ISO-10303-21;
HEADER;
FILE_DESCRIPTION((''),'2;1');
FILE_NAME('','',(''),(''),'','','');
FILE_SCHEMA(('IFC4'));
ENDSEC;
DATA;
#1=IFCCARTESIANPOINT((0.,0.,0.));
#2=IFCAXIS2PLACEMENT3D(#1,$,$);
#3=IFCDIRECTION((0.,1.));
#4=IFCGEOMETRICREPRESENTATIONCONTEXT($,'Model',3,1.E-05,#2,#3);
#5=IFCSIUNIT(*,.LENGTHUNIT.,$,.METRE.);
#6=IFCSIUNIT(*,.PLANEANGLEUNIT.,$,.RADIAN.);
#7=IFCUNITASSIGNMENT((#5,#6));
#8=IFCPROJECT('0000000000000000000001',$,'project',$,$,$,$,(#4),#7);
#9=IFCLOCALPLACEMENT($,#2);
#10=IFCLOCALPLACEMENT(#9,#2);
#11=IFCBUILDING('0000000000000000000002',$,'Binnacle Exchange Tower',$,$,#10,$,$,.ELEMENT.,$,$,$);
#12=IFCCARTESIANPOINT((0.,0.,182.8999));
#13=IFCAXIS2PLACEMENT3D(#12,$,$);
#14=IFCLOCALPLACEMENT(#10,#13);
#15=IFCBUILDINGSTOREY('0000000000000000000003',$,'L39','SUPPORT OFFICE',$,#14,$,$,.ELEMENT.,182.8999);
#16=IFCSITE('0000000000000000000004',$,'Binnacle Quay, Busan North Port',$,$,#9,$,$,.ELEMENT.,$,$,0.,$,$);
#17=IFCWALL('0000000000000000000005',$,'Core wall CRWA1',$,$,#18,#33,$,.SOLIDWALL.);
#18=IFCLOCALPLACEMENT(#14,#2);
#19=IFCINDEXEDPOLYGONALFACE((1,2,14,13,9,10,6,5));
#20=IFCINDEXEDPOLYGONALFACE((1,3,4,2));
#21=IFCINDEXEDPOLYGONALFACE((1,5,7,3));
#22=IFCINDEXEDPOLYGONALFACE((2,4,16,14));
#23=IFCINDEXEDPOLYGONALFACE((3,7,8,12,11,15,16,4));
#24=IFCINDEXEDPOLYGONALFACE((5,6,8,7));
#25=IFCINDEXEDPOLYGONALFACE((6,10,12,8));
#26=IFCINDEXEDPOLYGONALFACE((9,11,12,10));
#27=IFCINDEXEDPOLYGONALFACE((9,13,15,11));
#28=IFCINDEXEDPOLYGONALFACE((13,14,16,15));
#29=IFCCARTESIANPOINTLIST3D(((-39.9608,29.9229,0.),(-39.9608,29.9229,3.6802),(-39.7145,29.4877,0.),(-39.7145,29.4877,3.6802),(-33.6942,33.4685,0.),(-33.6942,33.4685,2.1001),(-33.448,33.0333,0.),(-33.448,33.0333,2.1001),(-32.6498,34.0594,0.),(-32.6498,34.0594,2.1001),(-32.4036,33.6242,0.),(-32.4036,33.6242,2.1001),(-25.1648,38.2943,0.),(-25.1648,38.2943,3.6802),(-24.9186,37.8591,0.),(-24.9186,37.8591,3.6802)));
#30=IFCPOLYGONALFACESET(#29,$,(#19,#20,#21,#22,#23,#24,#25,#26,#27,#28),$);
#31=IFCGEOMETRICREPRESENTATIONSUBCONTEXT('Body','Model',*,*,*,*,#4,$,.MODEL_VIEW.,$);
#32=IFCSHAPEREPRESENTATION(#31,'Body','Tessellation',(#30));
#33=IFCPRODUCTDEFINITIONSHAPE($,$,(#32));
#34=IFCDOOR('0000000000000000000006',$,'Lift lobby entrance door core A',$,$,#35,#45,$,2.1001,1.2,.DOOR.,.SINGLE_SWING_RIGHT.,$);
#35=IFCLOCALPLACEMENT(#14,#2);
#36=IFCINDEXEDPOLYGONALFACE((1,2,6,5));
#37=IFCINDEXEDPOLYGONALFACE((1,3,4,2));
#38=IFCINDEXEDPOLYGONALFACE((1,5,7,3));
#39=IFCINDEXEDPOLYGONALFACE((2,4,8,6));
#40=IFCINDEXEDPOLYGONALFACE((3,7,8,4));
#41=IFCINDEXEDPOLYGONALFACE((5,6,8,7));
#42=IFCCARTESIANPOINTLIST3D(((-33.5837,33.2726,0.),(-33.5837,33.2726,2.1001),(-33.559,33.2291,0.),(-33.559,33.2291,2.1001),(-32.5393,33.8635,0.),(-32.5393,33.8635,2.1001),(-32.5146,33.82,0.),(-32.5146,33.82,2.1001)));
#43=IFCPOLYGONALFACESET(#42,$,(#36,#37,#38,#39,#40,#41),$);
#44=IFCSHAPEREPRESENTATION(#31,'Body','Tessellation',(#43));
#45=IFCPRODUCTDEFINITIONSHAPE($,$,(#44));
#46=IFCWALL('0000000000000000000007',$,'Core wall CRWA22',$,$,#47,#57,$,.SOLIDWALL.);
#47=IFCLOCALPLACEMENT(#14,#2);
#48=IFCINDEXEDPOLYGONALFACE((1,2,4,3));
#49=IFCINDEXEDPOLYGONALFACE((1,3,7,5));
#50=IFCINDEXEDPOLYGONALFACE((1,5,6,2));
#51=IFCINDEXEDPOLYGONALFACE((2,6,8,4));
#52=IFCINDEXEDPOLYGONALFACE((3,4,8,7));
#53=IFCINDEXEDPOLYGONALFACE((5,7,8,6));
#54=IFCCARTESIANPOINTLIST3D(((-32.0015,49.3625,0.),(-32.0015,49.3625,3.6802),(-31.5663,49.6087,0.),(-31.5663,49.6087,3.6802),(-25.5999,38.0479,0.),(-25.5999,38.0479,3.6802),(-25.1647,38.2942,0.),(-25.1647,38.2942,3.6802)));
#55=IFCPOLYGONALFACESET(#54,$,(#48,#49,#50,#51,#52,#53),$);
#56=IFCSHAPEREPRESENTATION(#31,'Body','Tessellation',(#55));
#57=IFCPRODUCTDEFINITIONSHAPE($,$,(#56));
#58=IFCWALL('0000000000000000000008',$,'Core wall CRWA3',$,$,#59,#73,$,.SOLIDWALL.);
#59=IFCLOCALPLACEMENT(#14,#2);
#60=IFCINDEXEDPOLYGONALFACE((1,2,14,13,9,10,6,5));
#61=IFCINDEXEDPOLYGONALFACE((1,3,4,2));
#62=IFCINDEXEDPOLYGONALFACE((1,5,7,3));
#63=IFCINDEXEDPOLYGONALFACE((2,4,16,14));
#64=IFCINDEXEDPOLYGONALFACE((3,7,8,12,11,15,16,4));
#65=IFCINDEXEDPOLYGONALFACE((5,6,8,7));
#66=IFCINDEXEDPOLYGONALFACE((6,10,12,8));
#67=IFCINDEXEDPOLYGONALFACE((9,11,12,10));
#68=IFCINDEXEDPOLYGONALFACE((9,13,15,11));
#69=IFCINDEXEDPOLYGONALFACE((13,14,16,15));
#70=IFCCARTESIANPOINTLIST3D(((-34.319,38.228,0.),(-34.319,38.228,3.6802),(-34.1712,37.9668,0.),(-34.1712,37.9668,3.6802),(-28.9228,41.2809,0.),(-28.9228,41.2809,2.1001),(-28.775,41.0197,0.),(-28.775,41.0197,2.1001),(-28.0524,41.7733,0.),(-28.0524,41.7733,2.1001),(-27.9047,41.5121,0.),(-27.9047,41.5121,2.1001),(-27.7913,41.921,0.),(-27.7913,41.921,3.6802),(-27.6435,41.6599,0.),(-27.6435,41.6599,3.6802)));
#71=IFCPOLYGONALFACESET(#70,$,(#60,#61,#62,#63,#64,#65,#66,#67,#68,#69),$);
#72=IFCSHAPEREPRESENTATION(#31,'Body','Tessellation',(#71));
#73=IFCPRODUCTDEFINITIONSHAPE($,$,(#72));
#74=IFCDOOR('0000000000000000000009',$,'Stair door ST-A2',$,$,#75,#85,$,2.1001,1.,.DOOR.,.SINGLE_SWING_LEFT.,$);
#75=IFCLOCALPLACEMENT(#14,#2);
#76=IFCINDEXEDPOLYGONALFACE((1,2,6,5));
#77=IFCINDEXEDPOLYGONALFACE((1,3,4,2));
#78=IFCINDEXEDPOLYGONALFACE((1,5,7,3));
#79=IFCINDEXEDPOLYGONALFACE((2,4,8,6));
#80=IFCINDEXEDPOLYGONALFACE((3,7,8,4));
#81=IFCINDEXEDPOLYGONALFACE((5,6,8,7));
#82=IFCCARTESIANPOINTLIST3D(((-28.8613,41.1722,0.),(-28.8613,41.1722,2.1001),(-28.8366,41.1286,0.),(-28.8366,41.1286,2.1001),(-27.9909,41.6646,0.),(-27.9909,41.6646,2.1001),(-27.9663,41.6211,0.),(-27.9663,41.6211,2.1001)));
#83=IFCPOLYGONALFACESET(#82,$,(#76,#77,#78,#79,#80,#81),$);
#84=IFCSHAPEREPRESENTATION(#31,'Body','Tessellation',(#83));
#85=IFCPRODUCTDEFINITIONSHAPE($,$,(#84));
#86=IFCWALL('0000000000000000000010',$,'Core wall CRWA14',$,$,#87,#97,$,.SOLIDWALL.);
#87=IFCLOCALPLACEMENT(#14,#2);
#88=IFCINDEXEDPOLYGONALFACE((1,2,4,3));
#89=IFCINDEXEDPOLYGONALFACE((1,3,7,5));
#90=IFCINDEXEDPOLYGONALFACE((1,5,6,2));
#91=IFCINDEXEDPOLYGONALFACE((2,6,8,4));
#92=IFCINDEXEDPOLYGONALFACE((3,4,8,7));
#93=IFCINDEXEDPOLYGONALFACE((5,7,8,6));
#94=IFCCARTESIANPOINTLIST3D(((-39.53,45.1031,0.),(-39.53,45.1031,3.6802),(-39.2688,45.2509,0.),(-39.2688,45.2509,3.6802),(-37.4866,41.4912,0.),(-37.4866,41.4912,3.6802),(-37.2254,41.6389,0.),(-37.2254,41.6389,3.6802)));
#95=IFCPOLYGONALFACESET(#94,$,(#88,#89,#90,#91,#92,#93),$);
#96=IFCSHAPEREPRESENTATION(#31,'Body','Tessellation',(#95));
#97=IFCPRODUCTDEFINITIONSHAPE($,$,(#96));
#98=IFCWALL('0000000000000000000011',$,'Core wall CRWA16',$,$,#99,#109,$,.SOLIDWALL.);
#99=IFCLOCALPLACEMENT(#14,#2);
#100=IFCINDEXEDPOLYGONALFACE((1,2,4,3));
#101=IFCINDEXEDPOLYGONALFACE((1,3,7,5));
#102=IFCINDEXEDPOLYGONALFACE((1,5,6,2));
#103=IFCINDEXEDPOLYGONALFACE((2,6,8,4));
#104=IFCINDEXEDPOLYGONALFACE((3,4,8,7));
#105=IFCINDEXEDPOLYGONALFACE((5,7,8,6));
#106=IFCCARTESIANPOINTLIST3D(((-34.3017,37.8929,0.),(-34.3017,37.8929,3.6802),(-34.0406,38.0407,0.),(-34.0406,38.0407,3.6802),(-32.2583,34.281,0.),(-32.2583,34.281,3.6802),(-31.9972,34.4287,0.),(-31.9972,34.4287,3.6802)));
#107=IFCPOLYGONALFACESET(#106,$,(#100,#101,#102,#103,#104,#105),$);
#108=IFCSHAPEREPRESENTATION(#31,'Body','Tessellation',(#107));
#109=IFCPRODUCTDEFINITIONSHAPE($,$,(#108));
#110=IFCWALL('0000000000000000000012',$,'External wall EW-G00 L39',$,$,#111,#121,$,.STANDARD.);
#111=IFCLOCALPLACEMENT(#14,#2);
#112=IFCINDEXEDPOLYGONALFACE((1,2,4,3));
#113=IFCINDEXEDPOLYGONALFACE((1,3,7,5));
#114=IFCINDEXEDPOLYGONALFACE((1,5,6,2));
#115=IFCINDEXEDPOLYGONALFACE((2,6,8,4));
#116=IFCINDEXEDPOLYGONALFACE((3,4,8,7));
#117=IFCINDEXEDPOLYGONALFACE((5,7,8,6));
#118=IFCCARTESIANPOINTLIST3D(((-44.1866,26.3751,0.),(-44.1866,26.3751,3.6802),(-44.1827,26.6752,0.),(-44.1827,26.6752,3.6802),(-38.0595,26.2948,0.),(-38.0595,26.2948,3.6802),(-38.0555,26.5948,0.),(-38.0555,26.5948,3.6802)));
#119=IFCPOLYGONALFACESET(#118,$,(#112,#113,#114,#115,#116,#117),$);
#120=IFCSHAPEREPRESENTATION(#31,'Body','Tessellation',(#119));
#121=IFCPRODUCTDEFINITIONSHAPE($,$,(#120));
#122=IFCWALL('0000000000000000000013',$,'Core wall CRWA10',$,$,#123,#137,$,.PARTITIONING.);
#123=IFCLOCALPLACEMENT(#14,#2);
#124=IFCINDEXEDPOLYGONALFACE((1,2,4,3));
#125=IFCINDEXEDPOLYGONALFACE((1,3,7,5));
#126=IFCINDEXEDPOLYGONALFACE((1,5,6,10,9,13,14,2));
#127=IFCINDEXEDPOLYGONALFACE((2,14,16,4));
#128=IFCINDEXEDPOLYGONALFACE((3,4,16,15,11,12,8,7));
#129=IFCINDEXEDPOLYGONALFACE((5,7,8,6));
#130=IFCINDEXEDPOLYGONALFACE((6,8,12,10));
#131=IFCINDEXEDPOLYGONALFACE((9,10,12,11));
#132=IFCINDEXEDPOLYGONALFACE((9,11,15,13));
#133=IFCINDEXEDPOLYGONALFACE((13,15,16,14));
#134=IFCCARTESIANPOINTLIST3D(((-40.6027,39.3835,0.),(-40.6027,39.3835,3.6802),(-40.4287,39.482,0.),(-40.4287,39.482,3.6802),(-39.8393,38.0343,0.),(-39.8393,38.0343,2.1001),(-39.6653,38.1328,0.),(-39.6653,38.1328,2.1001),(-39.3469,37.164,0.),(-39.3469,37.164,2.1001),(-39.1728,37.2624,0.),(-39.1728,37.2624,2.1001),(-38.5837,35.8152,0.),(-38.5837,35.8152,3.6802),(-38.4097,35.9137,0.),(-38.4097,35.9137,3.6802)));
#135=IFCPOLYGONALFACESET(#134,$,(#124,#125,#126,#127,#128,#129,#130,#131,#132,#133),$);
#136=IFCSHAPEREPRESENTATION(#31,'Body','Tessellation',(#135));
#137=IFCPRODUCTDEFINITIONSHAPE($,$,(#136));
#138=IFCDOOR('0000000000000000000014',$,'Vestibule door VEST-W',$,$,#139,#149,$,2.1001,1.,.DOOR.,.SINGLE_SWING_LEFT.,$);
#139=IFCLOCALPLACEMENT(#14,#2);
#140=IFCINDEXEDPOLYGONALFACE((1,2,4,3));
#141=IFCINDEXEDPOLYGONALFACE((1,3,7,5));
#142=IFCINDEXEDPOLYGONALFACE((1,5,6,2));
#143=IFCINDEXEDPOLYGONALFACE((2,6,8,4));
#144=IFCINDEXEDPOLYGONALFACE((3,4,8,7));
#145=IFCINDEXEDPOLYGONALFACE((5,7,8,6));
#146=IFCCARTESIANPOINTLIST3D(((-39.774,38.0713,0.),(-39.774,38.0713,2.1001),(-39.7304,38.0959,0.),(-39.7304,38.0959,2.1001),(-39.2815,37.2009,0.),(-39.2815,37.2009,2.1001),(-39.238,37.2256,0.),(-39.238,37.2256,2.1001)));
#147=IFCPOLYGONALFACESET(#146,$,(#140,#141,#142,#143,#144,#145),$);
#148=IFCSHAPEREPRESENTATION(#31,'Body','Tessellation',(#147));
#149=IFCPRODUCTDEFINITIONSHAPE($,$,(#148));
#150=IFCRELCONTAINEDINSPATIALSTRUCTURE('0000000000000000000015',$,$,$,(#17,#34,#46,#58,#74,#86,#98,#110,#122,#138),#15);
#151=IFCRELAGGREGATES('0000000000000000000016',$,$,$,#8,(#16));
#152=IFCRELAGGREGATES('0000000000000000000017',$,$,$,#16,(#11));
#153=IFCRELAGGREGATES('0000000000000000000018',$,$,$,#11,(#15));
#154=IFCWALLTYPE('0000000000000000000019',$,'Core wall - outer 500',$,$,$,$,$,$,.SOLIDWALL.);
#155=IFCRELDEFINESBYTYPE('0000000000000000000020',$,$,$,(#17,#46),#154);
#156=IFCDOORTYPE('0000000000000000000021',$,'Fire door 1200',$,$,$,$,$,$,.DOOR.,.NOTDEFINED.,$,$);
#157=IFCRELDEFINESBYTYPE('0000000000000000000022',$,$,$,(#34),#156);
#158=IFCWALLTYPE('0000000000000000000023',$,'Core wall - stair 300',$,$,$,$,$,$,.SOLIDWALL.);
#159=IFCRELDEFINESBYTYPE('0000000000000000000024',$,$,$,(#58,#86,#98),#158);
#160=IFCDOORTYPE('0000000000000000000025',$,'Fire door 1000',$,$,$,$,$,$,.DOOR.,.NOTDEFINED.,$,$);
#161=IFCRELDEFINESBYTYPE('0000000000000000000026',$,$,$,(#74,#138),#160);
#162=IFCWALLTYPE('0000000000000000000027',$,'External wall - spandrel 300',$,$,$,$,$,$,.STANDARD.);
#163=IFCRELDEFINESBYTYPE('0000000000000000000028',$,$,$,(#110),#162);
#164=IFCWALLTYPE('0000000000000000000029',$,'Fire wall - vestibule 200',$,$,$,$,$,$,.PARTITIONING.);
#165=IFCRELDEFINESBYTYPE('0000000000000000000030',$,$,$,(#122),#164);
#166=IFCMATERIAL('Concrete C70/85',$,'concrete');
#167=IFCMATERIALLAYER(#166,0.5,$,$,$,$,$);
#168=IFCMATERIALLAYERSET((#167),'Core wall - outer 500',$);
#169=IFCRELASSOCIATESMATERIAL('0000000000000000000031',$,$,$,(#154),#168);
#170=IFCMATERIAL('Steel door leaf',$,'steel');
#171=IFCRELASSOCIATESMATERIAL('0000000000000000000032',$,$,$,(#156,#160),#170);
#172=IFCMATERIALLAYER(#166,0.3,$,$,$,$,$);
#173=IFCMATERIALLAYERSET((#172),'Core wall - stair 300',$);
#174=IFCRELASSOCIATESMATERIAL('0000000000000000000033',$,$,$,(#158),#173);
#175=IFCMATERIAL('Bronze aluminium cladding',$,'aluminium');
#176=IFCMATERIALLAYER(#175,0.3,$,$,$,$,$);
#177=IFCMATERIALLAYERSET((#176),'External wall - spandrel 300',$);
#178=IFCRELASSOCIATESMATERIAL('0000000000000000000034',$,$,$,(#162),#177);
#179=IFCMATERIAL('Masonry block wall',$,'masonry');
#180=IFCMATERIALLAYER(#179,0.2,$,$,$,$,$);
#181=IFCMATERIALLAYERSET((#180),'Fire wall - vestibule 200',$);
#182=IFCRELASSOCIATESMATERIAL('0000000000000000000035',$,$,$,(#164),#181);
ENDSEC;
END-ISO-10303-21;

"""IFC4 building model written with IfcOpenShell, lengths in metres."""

from ifc_helpers import new_model, si_unit, direction, frame, frame_2d, origin, place, context, subcontext, project, spatial, rectangle, extrude, material, layer, layer_set, type_object, element, fill, save


model = new_model("IFC4")

# Units and contexts
model_context = context("Model", 3, precision=1e-05, world=origin(), true_north=direction((0.0, 1.0)))
body_context = subcontext(model_context, "Body", "Model", "MODEL_VIEW")
ifc_project = project(units=[si_unit("LENGTHUNIT", "METRE"), si_unit("PLANEANGLEUNIT", "RADIAN")], contexts=[model_context])

# Site, building, storey
site_placement = place(None, origin())
site = spatial("IfcSite", under=ifc_project, at=site_placement, Name="Binnacle Quay, Busan North Port", CompositionType="ELEMENT", RefElevation=0.0)
building_placement = place(site_placement, origin())
building = spatial("IfcBuilding", under=site, at=building_placement, Name="Binnacle Exchange Tower", CompositionType="ELEMENT")
storey_placement = place(building_placement, frame((0.0, 0.0, 182.8999)))
storey = spatial("IfcBuildingStorey", under=building, at=storey_placement, Name="L39", Description="SUPPORT OFFICE", CompositionType="ELEMENT", Elevation=182.8999)

# Shared definitions
ifc_material_1 = material(Name="Concrete C70/85", Category="concrete")

# Shared definitions
ifc_material_2 = material(Name="Steel door leaf", Category="steel")

# Wall, opening, door
ifc_layer_1 = layer(ifc_material_1, 0.5)
ifc_layer_set_1 = layer_set([ifc_layer_1], Name="Core wall - outer 500")
wall_type_1 = type_object("IfcWallType", Name="Core wall - outer 500", PredefinedType="SOLIDWALL", material=ifc_layer_set_1)
wall_1_placement = place(storey_placement, frame((-39.8376, 29.7053, 0.0), z_axis=(0.0, 0.0, 1.0), x_axis=(0.87035, 0.492433, 0.0)))
wall_1 = element("IfcWall", 1, at=wall_1_placement, inside=storey, type_object=wall_type_1, Name="Core wall CRWA1", PredefinedType="SOLIDWALL", context=body_context, shape_type="SweptSolid", body=[
    extrude(rectangle(XDim=17.0, YDim=0.5, at=frame_2d((8.5, 0.0))), origin(), (0.0, 0.0, 1.0), 3.6802),
])
opening_1_placement = place(wall_1_placement, frame((7.2, 0.0, 0.0)))
opening_1 = element("IfcOpeningElement", 2, at=opening_1_placement, cuts=wall_1, PredefinedType="OPENING", context=body_context, shape_type="SweptSolid", body=[
    extrude(rectangle(XDim=1.2, YDim=2.1001, at=frame_2d((0.6001, 1.05))), frame((0.0, 0.26, 0.0), z_axis=(0.0, -1.0, 0.0), x_axis=(1.0, 0.0, 0.0)), (0.0, 0.0, 1.0), 0.52),
])
door_type_1 = type_object("IfcDoorType", Name="Fire door 1200", OperationType="NOTDEFINED", PredefinedType="DOOR", material=ifc_material_2)
door_1_placement = place(opening_1_placement, frame((1.2, 0.0, 0.0), z_axis=(0.0, 0.0, 1.0), x_axis=(-1.0, 0.0, 0.0)))
door_1 = element("IfcDoor", 3, at=door_1_placement, inside=storey, type_object=door_type_1, Name="Lift lobby entrance door core A", OperationType="SINGLE_SWING_RIGHT", OverallHeight=2.1001, OverallWidth=1.2, PredefinedType="DOOR", context=body_context, shape_type="SweptSolid", body=[
    extrude(rectangle(XDim=1.2, YDim=2.1001, at=frame_2d((0.6001, 1.05))), frame((0.0, 0.0249, 0.0), z_axis=(0.0, -1.0, 0.0), x_axis=(1.0, 0.0, 0.0)), (0.0, 0.0, 1.0), 0.05),
])
fill(opening_1, door_1)

# Wall
wall_2_placement = place(storey_placement, frame((-31.7839, 49.4856, 0.0), z_axis=(0.0, 0.0, 1.0), x_axis=(0.492435, -0.870349, 0.0)))
element("IfcWall", 4, at=wall_2_placement, inside=storey, type_object=wall_type_1, Name="Core wall CRWA22", PredefinedType="SOLIDWALL", context=body_context, shape_type="SweptSolid", body=[
    extrude(rectangle(XDim=13.0, YDim=0.5, at=frame_2d((6.5, 0.0))), origin(), (0.0, 0.0, 1.0), 3.6802),
])

# Wall, opening, door
ifc_layer_2 = layer(ifc_material_1, 0.3)
ifc_layer_set_2 = layer_set([ifc_layer_2], Name="Core wall - stair 300")
wall_type_2 = type_object("IfcWallType", Name="Core wall - stair 300", PredefinedType="SOLIDWALL", material=ifc_layer_set_2)
wall_3_placement = place(storey_placement, frame((-34.2451, 38.0974, 0.0), z_axis=(0.0, 0.0, 1.0), x_axis=(0.870365, 0.492408, 0.0)))
wall_3 = element("IfcWall", 5, at=wall_3_placement, inside=storey, type_object=wall_type_2, Name="Core wall CRWA3", PredefinedType="SOLIDWALL", context=body_context, shape_type="SweptSolid", body=[
    extrude(rectangle(XDim=7.5, YDim=0.3, at=frame_2d((3.75, 0.0))), origin(), (0.0, 0.0, 1.0), 3.6802),
])
opening_2_placement = place(wall_3_placement, frame((6.2, 0.0, 0.0)))
opening_2 = element("IfcOpeningElement", 6, at=opening_2_placement, cuts=wall_3, PredefinedType="OPENING", context=body_context, shape_type="SweptSolid", body=[
    extrude(rectangle(XDim=1.0, YDim=2.1001, at=frame_2d((0.5, 1.05))), frame((0.0, 0.1599, 0.0), z_axis=(0.0, -1.0, 0.0), x_axis=(1.0, 0.0, 0.0)), (0.0, 0.0, 1.0), 0.3201),
])
door_type_2 = type_object("IfcDoorType", Name="Fire door 1000", OperationType="NOTDEFINED", PredefinedType="DOOR", material=ifc_material_2)
door_2_placement = place(opening_2_placement, frame((1.0, 0.0, 0.0), z_axis=(0.0, 0.0, 1.0), x_axis=(-1.0, 0.0, 0.0)))
door_2 = element("IfcDoor", 7, at=door_2_placement, inside=storey, type_object=door_type_2, Name="Stair door ST-A2", OperationType="SINGLE_SWING_LEFT", OverallHeight=2.1001, OverallWidth=1.0, PredefinedType="DOOR", context=body_context, shape_type="SweptSolid", body=[
    extrude(rectangle(XDim=1.0, YDim=2.1001, at=frame_2d((0.5, 1.05))), frame((0.0, 0.0249, 0.0), z_axis=(0.0, -1.0, 0.0), x_axis=(1.0, 0.0, 0.0)), (0.0, 0.0, 1.0), 0.05),
])
fill(opening_2, door_2)

# Walls
for number, where, z_axis, x_axis, name in (
    (8, (-39.3994, 45.177, 0.0), (0.0, 0.0, 1.0), (0.492396, -0.870371, 0.0), "Core wall CRWA14"),
    (9, (-34.1711, 37.9668, 0.0), (0.0, 0.0, 1.0), (0.492396, -0.870371, 0.0), "Core wall CRWA16"),
):
    element("IfcWall", number, at=place(storey_placement, frame(where, z_axis=z_axis, x_axis=x_axis)), inside=storey, type_object=wall_type_2, Name=name, PredefinedType="SOLIDWALL", context=body_context, shape_type="SweptSolid", body=[
        extrude(rectangle(XDim=4.1499, YDim=0.3, at=frame_2d((2.075, 0.0))), origin(), (0.0, 0.0, 1.0), 3.6802),
    ])
ifc_material_3 = material(Name="Bronze aluminium cladding", Category="aluminium")
ifc_layer_3 = layer(ifc_material_3, 0.3)
ifc_layer_set_3 = layer_set([ifc_layer_3], Name="External wall - spandrel 300")
wall_type_3 = type_object("IfcWallType", Name="External wall - spandrel 300", PredefinedType="STANDARD", material=ifc_layer_set_3)
wall_4_placement = place(storey_placement, frame((-38.0574, 26.4448, 0.0), z_axis=(0.0, 0.0, 1.0), x_axis=(-0.999914, 0.013108, 0.0)))
element("IfcWall", 10, at=wall_4_placement, inside=storey, type_object=wall_type_3, Name="External wall EW-G00 L39", PredefinedType="STANDARD", context=body_context, shape_type="SweptSolid", body=[
    extrude(rectangle(XDim=6.1277, YDim=0.3, at=frame_2d((3.064, 0.0))), origin(), (0.0, 0.0, 1.0), 3.6802),
])

# Wall, opening, door
ifc_material_4 = material(Name="Masonry block wall", Category="masonry")
ifc_layer_4 = layer(ifc_material_4, 0.2)
ifc_layer_set_4 = layer_set([ifc_layer_4], Name="Fire wall - vestibule 200")
wall_type_4 = type_object("IfcWallType", Name="Fire wall - vestibule 200", PredefinedType="PARTITIONING", material=ifc_layer_set_4)
wall_5_placement = place(storey_placement, frame((-40.5156, 39.4326, 0.0), z_axis=(0.0, 0.0, 1.0), x_axis=(0.492454, -0.870339, 0.0)))
wall_5 = element("IfcWall", 11, at=wall_5_placement, inside=storey, type_object=wall_type_4, Name="Core wall CRWA10", PredefinedType="PARTITIONING", context=body_context, shape_type="SweptSolid", body=[
    extrude(rectangle(XDim=4.0999, YDim=0.2, at=frame_2d((2.0498, 0.0))), origin(), (0.0, 0.0, 1.0), 3.6802),
])
opening_3_placement = place(wall_5_placement, frame((1.55, 0.0, 0.0)))
opening_3 = element("IfcOpeningElement", 12, at=opening_3_placement, cuts=wall_5, PredefinedType="OPENING", context=body_context, shape_type="SweptSolid", body=[
    extrude(rectangle(XDim=1.0, YDim=2.1001, at=frame_2d((0.5, 1.05))), frame((0.0, 0.1099, 0.0), z_axis=(0.0, -1.0, 0.0), x_axis=(1.0, 0.0, 0.0)), (0.0, 0.0, 1.0), 0.22),
])
door_3_placement = place(opening_3_placement, frame((1.0, 0.0, 0.0), z_axis=(0.0, 0.0, 1.0), x_axis=(-1.0, 0.0, 0.0)))
door_3 = element("IfcDoor", 13, at=door_3_placement, inside=storey, type_object=door_type_2, Name="Vestibule door VEST-W", OperationType="SINGLE_SWING_LEFT", OverallHeight=2.1001, OverallWidth=1.0, PredefinedType="DOOR", context=body_context, shape_type="SweptSolid", body=[
    extrude(rectangle(XDim=1.0, YDim=2.1001, at=frame_2d((0.5, 1.05))), frame((0.0, 0.0249, 0.0), z_axis=(0.0, -1.0, 0.0), x_axis=(1.0, 0.0, 0.0)), (0.0, 0.0, 1.0), 0.05),
])
fill(opening_3, door_3)

save(model, "model.ifc")
